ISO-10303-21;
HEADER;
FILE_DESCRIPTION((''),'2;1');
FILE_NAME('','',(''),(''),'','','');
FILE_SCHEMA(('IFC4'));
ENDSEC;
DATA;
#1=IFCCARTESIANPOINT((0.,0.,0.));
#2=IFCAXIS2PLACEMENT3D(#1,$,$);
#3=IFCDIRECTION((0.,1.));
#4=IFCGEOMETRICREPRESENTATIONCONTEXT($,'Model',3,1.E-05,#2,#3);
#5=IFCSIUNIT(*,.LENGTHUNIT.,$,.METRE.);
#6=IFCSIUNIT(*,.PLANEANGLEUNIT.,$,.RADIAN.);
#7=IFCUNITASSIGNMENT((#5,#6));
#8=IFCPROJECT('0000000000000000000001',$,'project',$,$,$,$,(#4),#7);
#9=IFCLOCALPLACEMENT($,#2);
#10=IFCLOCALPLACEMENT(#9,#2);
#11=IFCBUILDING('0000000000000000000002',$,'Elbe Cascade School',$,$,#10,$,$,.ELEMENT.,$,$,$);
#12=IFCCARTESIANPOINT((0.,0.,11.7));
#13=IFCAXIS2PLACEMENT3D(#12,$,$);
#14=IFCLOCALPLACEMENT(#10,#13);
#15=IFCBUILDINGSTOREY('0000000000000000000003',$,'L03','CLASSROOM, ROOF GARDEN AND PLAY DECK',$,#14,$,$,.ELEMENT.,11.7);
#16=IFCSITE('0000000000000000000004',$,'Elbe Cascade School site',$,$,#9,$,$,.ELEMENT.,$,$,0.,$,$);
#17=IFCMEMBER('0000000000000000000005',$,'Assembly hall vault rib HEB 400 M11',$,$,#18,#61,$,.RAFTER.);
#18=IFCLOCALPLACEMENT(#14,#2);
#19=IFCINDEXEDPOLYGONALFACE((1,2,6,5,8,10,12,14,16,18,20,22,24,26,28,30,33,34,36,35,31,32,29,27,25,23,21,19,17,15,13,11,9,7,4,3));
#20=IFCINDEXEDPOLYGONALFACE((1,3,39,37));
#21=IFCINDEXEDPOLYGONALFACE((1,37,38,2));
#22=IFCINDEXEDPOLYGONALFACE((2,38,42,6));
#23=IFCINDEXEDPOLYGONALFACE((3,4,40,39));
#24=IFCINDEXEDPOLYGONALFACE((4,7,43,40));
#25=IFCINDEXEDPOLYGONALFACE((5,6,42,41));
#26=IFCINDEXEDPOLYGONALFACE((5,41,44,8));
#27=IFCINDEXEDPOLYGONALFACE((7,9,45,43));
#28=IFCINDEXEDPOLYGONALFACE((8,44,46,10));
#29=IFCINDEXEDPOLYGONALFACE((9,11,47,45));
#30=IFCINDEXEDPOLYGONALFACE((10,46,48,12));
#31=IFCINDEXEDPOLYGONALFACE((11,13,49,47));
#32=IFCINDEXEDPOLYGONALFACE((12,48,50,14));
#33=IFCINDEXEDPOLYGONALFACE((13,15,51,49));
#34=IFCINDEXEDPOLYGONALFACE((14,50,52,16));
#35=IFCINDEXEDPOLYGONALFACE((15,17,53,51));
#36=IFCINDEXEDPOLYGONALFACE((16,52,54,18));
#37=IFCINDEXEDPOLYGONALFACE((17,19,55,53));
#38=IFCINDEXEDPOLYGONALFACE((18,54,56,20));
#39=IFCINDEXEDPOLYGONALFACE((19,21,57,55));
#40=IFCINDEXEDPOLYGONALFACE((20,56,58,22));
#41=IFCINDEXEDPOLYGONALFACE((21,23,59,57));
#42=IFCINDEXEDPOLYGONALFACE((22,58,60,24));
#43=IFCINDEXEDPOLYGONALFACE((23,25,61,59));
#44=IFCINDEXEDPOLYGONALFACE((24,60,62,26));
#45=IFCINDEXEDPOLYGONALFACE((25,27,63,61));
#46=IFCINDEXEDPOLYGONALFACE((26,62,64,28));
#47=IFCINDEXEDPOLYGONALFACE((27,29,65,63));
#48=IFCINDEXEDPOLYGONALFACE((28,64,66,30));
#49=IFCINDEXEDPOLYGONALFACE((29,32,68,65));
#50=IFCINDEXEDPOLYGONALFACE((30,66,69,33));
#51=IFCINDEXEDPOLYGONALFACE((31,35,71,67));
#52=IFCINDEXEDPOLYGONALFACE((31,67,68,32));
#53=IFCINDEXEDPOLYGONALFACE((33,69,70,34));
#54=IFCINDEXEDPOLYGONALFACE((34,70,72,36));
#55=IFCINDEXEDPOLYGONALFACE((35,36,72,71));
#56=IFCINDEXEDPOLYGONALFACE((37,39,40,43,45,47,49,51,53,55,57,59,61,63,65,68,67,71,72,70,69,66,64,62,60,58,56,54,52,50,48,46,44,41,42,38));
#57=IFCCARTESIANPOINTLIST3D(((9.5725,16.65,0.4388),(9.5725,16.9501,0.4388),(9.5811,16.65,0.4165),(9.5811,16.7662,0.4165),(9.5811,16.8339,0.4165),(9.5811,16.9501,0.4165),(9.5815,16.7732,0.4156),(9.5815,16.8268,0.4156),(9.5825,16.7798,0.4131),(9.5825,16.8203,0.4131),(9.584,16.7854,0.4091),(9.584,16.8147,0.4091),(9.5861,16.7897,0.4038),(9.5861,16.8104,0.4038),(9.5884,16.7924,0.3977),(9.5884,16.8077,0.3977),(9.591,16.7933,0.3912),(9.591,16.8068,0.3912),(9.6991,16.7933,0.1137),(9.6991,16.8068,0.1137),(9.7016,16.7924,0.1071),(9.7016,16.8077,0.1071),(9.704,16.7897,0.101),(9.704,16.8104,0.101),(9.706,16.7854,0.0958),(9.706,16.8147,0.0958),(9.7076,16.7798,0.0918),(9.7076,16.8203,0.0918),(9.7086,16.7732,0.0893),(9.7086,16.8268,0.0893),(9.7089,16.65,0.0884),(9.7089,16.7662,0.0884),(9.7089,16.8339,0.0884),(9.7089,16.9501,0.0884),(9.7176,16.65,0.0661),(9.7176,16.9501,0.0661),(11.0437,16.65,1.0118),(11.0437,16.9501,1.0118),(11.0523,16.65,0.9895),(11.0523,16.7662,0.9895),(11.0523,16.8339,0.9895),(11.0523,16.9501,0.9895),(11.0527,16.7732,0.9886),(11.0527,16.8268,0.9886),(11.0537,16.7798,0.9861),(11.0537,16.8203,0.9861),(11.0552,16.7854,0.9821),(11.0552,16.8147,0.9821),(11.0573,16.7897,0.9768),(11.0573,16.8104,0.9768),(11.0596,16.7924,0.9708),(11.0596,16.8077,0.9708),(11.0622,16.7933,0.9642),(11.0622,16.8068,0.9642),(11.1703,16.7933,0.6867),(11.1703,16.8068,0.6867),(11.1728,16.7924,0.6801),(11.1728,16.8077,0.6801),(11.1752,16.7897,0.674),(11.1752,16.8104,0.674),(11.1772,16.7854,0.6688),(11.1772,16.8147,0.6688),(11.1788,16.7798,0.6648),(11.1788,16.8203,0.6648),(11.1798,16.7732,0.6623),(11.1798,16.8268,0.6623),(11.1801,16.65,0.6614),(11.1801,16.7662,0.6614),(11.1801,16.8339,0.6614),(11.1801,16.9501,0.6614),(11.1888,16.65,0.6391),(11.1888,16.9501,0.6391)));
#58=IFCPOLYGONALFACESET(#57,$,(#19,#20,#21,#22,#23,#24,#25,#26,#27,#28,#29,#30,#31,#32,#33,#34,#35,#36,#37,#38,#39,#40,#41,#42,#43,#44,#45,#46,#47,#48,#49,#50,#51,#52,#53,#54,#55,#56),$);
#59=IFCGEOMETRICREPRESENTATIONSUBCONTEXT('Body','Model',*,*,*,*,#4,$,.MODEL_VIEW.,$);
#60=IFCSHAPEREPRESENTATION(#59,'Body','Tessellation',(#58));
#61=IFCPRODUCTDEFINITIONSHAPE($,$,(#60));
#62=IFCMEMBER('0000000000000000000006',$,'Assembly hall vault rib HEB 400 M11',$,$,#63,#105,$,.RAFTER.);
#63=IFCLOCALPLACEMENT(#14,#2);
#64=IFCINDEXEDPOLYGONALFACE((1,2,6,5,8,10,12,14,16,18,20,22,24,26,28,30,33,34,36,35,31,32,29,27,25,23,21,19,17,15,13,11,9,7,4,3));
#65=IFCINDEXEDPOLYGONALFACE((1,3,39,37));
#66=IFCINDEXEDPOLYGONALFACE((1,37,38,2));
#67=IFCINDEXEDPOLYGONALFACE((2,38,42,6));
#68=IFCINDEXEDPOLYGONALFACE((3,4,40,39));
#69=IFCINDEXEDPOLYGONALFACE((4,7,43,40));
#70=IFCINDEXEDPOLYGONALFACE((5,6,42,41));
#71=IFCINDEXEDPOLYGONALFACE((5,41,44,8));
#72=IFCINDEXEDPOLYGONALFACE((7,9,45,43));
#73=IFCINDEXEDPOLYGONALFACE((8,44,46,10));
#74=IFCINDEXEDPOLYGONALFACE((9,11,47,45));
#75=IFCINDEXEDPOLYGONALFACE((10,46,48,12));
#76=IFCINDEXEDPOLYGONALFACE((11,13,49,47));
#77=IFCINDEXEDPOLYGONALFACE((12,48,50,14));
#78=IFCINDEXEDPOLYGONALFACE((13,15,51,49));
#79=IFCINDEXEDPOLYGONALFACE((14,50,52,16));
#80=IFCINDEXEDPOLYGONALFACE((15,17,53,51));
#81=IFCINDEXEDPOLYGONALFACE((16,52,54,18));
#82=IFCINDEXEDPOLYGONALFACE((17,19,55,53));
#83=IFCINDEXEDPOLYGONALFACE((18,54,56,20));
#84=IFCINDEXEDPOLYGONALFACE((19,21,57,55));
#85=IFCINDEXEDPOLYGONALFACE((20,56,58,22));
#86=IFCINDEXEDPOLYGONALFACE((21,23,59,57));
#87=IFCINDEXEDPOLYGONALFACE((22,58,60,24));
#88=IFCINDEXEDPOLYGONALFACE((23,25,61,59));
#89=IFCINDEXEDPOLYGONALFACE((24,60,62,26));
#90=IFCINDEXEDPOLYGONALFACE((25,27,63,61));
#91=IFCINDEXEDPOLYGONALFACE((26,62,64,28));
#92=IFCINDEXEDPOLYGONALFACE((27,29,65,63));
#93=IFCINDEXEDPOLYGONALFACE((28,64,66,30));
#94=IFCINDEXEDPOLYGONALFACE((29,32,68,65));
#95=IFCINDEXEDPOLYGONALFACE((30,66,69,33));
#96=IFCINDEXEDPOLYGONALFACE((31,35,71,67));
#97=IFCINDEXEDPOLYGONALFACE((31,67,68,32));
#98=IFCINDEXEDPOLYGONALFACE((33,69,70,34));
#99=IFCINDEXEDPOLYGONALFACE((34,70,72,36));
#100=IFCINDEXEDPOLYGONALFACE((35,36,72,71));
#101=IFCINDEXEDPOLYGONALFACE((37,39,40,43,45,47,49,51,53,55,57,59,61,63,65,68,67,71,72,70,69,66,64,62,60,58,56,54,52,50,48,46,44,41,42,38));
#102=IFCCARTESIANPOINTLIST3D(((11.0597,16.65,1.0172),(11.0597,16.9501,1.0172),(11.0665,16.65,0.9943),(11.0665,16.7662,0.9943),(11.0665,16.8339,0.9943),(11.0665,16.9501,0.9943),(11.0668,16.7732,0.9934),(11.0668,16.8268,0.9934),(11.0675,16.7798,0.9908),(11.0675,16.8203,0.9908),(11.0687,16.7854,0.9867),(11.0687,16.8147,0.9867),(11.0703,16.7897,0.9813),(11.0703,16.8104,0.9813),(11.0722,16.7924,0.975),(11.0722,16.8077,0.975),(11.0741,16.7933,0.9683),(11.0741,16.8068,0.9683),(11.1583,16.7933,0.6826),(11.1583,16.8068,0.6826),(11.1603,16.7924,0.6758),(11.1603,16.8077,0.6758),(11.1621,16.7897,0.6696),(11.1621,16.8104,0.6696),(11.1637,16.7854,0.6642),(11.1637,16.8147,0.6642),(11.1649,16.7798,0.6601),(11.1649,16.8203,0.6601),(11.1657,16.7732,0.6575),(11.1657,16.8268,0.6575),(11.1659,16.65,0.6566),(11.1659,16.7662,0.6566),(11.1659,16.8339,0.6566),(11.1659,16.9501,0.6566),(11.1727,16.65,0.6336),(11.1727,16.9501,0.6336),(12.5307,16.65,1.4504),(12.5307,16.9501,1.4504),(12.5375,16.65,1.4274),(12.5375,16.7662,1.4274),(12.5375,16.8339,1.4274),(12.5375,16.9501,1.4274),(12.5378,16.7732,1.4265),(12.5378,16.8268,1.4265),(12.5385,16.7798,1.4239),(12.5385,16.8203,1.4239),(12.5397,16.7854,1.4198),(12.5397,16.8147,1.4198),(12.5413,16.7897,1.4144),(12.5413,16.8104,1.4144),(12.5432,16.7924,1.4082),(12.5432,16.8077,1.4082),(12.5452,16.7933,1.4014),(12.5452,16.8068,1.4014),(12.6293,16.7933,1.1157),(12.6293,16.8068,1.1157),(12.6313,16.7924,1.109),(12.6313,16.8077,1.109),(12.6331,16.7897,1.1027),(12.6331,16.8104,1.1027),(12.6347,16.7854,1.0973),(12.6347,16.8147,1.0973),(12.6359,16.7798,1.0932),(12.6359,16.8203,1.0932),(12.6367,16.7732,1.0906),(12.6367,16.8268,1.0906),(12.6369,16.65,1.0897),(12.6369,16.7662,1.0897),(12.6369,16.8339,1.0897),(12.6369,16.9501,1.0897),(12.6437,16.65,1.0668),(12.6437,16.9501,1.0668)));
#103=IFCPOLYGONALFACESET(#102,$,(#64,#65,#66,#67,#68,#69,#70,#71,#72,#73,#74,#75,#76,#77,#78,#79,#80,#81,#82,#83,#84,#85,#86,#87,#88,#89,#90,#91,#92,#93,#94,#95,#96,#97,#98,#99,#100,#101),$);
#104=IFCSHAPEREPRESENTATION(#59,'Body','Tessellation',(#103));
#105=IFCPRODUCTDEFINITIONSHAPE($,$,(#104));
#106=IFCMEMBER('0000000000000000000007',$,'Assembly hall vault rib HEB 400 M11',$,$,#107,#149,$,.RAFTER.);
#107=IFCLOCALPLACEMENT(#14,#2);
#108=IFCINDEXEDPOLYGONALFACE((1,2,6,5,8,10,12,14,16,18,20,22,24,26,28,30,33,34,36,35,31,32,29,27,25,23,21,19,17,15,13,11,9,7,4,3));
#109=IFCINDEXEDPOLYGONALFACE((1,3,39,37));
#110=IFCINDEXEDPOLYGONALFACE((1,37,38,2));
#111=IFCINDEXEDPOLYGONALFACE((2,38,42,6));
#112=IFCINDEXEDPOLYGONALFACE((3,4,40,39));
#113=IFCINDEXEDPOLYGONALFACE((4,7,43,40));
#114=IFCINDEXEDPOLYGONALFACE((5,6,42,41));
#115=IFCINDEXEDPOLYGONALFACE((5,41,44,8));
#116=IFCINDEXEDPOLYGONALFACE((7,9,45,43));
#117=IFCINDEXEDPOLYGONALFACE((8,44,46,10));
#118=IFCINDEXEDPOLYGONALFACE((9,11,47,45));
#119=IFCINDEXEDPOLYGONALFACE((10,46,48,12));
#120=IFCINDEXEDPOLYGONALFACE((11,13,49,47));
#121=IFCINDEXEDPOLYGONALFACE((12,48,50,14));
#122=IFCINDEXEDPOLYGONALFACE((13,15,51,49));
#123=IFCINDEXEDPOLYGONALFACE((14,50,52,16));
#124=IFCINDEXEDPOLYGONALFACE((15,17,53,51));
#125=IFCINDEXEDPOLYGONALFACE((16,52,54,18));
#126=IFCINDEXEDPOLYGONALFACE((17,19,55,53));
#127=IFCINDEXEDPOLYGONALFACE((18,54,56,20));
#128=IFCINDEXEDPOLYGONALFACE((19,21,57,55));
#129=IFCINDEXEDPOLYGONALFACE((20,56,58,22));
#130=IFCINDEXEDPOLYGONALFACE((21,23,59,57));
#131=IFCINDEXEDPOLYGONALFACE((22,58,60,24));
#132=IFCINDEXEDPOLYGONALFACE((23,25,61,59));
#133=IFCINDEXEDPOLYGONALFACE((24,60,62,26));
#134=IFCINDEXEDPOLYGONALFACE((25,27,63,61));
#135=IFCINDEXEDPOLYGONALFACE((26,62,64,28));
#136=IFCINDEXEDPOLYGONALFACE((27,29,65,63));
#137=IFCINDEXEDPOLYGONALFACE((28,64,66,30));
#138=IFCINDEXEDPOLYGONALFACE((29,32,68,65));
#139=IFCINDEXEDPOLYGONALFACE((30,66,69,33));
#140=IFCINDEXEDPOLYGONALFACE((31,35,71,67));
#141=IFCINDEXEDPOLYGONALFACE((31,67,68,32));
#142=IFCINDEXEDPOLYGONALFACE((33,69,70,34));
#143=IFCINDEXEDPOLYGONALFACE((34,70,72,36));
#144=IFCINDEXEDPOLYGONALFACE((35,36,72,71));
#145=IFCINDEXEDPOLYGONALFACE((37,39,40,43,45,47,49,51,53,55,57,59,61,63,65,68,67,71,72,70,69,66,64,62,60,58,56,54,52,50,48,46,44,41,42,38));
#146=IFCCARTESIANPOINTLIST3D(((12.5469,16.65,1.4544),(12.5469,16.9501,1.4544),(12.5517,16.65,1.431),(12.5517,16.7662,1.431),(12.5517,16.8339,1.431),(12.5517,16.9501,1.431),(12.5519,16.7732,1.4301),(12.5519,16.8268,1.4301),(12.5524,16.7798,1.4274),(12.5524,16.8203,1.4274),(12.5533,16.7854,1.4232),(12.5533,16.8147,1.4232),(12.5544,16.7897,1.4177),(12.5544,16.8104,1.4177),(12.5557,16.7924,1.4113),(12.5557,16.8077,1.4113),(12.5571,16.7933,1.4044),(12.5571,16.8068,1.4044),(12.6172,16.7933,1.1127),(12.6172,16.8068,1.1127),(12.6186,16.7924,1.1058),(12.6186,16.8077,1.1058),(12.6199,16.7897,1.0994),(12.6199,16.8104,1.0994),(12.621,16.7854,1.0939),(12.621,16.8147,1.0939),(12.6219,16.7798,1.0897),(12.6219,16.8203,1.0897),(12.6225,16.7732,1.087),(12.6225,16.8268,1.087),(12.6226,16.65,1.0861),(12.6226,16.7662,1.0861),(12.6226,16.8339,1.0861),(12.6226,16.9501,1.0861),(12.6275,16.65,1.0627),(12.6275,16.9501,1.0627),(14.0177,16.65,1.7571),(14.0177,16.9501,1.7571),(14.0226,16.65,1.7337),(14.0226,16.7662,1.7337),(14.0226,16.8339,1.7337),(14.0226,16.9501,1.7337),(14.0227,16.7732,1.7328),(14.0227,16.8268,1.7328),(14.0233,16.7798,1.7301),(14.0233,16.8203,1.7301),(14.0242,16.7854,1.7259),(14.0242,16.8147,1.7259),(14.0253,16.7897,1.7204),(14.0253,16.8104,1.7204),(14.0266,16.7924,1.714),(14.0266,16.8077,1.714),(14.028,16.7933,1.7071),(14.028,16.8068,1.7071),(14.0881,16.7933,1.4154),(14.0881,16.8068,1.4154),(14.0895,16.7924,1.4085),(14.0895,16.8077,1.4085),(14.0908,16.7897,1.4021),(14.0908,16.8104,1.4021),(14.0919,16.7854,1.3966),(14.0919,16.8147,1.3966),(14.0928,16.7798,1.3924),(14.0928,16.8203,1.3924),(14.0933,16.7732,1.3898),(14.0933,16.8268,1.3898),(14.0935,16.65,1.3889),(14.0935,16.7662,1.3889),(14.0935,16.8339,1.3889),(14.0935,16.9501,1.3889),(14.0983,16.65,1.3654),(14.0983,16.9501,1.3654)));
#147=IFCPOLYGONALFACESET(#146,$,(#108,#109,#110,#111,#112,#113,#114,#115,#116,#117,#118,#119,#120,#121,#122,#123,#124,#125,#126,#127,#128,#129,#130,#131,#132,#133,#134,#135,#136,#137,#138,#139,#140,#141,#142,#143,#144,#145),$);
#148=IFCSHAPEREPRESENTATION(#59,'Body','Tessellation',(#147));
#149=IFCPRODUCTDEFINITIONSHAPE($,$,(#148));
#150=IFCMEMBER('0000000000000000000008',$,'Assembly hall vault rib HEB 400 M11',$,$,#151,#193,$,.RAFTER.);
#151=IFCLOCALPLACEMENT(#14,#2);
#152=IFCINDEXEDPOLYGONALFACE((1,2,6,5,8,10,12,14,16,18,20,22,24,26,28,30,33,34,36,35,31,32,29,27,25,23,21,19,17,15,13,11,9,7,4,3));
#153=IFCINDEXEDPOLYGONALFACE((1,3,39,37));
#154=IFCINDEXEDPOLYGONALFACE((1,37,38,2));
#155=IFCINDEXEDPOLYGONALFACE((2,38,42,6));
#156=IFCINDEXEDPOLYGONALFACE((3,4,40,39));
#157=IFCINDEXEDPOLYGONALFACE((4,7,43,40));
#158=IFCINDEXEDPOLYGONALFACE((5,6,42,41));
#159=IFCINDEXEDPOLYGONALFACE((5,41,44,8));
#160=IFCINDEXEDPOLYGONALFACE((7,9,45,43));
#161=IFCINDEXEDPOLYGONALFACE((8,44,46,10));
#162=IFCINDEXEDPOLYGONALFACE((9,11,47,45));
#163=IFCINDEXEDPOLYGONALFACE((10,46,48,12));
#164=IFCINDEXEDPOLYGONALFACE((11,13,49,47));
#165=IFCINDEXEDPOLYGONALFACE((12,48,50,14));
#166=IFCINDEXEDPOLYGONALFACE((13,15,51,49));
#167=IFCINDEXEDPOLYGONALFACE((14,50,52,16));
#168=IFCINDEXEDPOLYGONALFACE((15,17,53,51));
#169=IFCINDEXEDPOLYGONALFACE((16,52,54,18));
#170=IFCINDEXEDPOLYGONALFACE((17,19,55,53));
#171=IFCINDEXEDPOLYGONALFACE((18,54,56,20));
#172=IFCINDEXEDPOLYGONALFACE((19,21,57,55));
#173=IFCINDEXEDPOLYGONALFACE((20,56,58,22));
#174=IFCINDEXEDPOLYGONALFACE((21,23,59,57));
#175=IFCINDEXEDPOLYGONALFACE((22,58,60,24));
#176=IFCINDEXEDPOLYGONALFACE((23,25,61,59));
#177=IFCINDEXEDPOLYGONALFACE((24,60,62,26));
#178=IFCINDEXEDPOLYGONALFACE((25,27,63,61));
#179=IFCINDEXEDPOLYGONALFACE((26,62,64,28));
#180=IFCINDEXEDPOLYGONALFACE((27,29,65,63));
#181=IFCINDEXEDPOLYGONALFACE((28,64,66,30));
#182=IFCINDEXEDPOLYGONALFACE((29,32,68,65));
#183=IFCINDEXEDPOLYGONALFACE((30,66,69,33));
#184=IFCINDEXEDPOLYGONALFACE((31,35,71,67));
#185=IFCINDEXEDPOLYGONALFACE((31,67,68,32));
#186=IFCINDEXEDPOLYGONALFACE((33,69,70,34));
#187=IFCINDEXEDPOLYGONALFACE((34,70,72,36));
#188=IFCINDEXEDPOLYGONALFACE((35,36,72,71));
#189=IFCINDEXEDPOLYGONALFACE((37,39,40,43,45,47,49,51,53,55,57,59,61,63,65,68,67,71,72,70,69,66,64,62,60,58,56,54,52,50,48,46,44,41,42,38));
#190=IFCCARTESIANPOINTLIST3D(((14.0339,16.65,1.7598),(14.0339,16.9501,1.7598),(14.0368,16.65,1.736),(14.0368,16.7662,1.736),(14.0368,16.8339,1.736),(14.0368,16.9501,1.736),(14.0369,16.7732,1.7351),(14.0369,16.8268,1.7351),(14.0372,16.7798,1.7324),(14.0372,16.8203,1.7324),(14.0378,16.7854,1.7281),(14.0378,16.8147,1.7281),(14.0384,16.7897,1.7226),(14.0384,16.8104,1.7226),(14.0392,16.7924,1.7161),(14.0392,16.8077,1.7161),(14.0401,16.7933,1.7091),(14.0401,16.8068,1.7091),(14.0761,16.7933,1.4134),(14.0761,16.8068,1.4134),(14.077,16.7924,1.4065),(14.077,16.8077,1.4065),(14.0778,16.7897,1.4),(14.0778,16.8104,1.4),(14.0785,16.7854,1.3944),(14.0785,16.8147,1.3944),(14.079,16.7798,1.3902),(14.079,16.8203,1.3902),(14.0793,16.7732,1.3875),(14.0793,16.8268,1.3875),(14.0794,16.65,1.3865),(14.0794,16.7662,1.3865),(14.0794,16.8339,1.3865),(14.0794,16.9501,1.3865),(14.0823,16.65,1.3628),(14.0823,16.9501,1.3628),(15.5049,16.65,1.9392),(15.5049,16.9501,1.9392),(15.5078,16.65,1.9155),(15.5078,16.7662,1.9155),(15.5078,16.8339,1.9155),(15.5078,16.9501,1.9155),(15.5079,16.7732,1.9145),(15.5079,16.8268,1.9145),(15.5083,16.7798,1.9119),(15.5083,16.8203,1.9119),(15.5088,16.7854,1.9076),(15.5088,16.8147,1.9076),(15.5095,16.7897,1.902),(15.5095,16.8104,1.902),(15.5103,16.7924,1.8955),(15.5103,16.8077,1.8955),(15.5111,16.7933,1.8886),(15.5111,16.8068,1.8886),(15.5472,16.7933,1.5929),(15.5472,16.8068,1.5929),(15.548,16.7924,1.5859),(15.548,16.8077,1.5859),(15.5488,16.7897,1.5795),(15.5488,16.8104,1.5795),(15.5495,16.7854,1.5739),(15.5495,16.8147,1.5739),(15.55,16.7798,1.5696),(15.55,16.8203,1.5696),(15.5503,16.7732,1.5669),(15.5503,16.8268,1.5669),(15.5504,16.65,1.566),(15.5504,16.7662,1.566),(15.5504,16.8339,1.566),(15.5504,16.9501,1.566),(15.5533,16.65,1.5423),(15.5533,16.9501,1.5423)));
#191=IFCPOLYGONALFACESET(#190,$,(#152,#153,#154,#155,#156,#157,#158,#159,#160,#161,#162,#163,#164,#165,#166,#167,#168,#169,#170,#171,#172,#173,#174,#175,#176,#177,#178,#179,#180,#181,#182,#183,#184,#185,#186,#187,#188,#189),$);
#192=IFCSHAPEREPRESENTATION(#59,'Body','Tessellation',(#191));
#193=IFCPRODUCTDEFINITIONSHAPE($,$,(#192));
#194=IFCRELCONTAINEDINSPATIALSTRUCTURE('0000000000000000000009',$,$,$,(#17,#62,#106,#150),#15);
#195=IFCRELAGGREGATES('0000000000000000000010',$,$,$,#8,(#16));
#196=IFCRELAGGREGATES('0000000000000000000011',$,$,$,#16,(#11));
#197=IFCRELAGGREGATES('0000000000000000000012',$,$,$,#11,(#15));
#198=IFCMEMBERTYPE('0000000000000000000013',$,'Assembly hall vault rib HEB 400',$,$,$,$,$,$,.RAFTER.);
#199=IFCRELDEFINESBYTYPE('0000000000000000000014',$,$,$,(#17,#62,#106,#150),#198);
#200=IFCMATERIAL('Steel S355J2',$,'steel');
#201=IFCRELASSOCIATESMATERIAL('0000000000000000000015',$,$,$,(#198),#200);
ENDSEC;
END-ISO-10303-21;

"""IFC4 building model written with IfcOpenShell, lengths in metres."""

from ifc_helpers import new_model, si_unit, direction, frame, origin, origin_2d, place, context, subcontext, project, spatial, i_section, extrude, material, material_profile, profile_set, type_object, element, save


model = new_model("IFC4")

# Units and contexts
model_context = context("Model", 3, precision=1e-05, world=origin(), true_north=direction((0.0, 1.0)))
body_context = subcontext(model_context, "Body", "Model", "MODEL_VIEW")
ifc_project = project(units=[si_unit("LENGTHUNIT", "METRE"), si_unit("PLANEANGLEUNIT", "RADIAN")], contexts=[model_context])

# Site, building, storey
site_placement = place(None, origin())
site = spatial("IfcSite", under=ifc_project, at=site_placement, Name="Elbe Cascade School site", CompositionType="ELEMENT", RefElevation=0.0)
building_placement = place(site_placement, origin())
building = spatial("IfcBuilding", under=site, at=building_placement, Name="Elbe Cascade School", CompositionType="ELEMENT")
storey_placement = place(building_placement, frame((0.0, 0.0, 11.7)))
storey = spatial("IfcBuildingStorey", under=building, at=storey_placement, Name="L03", Description="CLASSROOM, ROOF GARDEN AND PLAY DECK", CompositionType="ELEMENT", Elevation=11.7)

# Members
ifc_material_1 = material(Name="Steel S355J2", Category="steel")
ifc_material_profile_1 = material_profile(ifc_material_1, i_section(OverallWidth=0.3, OverallDepth=0.3999, WebThickness=0.0134, FlangeThickness=0.0239, FilletRadius=0.0271, at=origin_2d()), Name="HEB 400")
ifc_profile_set_1 = profile_set([ifc_material_profile_1], Name="Steel S355J2")
member_type_1 = type_object("IfcMemberType", Name="Assembly hall vault rib HEB 400", PredefinedType="RAFTER", material=ifc_profile_set_1)
member_1_placement = place(storey_placement, frame((9.645, 16.8, 0.2524), z_axis=(0.931819, 0.0, 0.362924), x_axis=(0.0, 1.0, 0.0)))
element("IfcMember", 1, at=member_1_placement, inside=storey, type_object=member_type_1, Name="Assembly hall vault rib HEB 400 M11", PredefinedType="RAFTER", context=body_context, shape_type="SweptSolid", body=[
    extrude(i_section(OverallWidth=0.3, OverallDepth=0.3999, WebThickness=0.0134, FlangeThickness=0.0239, FilletRadius=0.0271, at=origin_2d()), origin(), (0.0, 0.0, 1.0), 1.5789),
])
member_2_placement = place(storey_placement, frame((11.1162, 16.8, 0.8254), z_axis=(0.959282, 0.0, 0.282451), x_axis=(0.0, 1.0, 0.0)))
element("IfcMember", 2, at=member_2_placement, inside=storey, type_object=member_type_1, Name="Assembly hall vault rib HEB 400 M11", PredefinedType="RAFTER", context=body_context, shape_type="SweptSolid", body=[
    extrude(i_section(OverallWidth=0.3, OverallDepth=0.3999, WebThickness=0.0134, FlangeThickness=0.0239, FilletRadius=0.0271, at=origin_2d()), origin(), (0.0, 0.0, 1.0), 1.5334),
])
member_3_placement = place(storey_placement, frame((12.5872, 16.8, 1.2585), z_axis=(0.979471, 0.0, 0.201584), x_axis=(0.0, 1.0, 0.0)))
element("IfcMember", 3, at=member_3_placement, inside=storey, type_object=member_type_1, Name="Assembly hall vault rib HEB 400 M11", PredefinedType="RAFTER", context=body_context, shape_type="SweptSolid", body=[
    extrude(i_section(OverallWidth=0.3, OverallDepth=0.3999, WebThickness=0.0134, FlangeThickness=0.0239, FilletRadius=0.0271, at=origin_2d()), origin(), (0.0, 0.0, 1.0), 1.5017),
])
member_4_placement = place(storey_placement, frame((14.0581, 16.8, 1.5613), z_axis=(0.992641, 0.0, 0.121094), x_axis=(0.0, 1.0, 0.0)))
element("IfcMember", 4, at=member_4_placement, inside=storey, type_object=member_type_1, Name="Assembly hall vault rib HEB 400 M11", PredefinedType="RAFTER", context=body_context, shape_type="SweptSolid", body=[
    extrude(i_section(OverallWidth=0.3, OverallDepth=0.3999, WebThickness=0.0134, FlangeThickness=0.0239, FilletRadius=0.0271, at=origin_2d()), origin(), (0.0, 0.0, 1.0), 1.4819),
])

save(model, "model.ifc")
